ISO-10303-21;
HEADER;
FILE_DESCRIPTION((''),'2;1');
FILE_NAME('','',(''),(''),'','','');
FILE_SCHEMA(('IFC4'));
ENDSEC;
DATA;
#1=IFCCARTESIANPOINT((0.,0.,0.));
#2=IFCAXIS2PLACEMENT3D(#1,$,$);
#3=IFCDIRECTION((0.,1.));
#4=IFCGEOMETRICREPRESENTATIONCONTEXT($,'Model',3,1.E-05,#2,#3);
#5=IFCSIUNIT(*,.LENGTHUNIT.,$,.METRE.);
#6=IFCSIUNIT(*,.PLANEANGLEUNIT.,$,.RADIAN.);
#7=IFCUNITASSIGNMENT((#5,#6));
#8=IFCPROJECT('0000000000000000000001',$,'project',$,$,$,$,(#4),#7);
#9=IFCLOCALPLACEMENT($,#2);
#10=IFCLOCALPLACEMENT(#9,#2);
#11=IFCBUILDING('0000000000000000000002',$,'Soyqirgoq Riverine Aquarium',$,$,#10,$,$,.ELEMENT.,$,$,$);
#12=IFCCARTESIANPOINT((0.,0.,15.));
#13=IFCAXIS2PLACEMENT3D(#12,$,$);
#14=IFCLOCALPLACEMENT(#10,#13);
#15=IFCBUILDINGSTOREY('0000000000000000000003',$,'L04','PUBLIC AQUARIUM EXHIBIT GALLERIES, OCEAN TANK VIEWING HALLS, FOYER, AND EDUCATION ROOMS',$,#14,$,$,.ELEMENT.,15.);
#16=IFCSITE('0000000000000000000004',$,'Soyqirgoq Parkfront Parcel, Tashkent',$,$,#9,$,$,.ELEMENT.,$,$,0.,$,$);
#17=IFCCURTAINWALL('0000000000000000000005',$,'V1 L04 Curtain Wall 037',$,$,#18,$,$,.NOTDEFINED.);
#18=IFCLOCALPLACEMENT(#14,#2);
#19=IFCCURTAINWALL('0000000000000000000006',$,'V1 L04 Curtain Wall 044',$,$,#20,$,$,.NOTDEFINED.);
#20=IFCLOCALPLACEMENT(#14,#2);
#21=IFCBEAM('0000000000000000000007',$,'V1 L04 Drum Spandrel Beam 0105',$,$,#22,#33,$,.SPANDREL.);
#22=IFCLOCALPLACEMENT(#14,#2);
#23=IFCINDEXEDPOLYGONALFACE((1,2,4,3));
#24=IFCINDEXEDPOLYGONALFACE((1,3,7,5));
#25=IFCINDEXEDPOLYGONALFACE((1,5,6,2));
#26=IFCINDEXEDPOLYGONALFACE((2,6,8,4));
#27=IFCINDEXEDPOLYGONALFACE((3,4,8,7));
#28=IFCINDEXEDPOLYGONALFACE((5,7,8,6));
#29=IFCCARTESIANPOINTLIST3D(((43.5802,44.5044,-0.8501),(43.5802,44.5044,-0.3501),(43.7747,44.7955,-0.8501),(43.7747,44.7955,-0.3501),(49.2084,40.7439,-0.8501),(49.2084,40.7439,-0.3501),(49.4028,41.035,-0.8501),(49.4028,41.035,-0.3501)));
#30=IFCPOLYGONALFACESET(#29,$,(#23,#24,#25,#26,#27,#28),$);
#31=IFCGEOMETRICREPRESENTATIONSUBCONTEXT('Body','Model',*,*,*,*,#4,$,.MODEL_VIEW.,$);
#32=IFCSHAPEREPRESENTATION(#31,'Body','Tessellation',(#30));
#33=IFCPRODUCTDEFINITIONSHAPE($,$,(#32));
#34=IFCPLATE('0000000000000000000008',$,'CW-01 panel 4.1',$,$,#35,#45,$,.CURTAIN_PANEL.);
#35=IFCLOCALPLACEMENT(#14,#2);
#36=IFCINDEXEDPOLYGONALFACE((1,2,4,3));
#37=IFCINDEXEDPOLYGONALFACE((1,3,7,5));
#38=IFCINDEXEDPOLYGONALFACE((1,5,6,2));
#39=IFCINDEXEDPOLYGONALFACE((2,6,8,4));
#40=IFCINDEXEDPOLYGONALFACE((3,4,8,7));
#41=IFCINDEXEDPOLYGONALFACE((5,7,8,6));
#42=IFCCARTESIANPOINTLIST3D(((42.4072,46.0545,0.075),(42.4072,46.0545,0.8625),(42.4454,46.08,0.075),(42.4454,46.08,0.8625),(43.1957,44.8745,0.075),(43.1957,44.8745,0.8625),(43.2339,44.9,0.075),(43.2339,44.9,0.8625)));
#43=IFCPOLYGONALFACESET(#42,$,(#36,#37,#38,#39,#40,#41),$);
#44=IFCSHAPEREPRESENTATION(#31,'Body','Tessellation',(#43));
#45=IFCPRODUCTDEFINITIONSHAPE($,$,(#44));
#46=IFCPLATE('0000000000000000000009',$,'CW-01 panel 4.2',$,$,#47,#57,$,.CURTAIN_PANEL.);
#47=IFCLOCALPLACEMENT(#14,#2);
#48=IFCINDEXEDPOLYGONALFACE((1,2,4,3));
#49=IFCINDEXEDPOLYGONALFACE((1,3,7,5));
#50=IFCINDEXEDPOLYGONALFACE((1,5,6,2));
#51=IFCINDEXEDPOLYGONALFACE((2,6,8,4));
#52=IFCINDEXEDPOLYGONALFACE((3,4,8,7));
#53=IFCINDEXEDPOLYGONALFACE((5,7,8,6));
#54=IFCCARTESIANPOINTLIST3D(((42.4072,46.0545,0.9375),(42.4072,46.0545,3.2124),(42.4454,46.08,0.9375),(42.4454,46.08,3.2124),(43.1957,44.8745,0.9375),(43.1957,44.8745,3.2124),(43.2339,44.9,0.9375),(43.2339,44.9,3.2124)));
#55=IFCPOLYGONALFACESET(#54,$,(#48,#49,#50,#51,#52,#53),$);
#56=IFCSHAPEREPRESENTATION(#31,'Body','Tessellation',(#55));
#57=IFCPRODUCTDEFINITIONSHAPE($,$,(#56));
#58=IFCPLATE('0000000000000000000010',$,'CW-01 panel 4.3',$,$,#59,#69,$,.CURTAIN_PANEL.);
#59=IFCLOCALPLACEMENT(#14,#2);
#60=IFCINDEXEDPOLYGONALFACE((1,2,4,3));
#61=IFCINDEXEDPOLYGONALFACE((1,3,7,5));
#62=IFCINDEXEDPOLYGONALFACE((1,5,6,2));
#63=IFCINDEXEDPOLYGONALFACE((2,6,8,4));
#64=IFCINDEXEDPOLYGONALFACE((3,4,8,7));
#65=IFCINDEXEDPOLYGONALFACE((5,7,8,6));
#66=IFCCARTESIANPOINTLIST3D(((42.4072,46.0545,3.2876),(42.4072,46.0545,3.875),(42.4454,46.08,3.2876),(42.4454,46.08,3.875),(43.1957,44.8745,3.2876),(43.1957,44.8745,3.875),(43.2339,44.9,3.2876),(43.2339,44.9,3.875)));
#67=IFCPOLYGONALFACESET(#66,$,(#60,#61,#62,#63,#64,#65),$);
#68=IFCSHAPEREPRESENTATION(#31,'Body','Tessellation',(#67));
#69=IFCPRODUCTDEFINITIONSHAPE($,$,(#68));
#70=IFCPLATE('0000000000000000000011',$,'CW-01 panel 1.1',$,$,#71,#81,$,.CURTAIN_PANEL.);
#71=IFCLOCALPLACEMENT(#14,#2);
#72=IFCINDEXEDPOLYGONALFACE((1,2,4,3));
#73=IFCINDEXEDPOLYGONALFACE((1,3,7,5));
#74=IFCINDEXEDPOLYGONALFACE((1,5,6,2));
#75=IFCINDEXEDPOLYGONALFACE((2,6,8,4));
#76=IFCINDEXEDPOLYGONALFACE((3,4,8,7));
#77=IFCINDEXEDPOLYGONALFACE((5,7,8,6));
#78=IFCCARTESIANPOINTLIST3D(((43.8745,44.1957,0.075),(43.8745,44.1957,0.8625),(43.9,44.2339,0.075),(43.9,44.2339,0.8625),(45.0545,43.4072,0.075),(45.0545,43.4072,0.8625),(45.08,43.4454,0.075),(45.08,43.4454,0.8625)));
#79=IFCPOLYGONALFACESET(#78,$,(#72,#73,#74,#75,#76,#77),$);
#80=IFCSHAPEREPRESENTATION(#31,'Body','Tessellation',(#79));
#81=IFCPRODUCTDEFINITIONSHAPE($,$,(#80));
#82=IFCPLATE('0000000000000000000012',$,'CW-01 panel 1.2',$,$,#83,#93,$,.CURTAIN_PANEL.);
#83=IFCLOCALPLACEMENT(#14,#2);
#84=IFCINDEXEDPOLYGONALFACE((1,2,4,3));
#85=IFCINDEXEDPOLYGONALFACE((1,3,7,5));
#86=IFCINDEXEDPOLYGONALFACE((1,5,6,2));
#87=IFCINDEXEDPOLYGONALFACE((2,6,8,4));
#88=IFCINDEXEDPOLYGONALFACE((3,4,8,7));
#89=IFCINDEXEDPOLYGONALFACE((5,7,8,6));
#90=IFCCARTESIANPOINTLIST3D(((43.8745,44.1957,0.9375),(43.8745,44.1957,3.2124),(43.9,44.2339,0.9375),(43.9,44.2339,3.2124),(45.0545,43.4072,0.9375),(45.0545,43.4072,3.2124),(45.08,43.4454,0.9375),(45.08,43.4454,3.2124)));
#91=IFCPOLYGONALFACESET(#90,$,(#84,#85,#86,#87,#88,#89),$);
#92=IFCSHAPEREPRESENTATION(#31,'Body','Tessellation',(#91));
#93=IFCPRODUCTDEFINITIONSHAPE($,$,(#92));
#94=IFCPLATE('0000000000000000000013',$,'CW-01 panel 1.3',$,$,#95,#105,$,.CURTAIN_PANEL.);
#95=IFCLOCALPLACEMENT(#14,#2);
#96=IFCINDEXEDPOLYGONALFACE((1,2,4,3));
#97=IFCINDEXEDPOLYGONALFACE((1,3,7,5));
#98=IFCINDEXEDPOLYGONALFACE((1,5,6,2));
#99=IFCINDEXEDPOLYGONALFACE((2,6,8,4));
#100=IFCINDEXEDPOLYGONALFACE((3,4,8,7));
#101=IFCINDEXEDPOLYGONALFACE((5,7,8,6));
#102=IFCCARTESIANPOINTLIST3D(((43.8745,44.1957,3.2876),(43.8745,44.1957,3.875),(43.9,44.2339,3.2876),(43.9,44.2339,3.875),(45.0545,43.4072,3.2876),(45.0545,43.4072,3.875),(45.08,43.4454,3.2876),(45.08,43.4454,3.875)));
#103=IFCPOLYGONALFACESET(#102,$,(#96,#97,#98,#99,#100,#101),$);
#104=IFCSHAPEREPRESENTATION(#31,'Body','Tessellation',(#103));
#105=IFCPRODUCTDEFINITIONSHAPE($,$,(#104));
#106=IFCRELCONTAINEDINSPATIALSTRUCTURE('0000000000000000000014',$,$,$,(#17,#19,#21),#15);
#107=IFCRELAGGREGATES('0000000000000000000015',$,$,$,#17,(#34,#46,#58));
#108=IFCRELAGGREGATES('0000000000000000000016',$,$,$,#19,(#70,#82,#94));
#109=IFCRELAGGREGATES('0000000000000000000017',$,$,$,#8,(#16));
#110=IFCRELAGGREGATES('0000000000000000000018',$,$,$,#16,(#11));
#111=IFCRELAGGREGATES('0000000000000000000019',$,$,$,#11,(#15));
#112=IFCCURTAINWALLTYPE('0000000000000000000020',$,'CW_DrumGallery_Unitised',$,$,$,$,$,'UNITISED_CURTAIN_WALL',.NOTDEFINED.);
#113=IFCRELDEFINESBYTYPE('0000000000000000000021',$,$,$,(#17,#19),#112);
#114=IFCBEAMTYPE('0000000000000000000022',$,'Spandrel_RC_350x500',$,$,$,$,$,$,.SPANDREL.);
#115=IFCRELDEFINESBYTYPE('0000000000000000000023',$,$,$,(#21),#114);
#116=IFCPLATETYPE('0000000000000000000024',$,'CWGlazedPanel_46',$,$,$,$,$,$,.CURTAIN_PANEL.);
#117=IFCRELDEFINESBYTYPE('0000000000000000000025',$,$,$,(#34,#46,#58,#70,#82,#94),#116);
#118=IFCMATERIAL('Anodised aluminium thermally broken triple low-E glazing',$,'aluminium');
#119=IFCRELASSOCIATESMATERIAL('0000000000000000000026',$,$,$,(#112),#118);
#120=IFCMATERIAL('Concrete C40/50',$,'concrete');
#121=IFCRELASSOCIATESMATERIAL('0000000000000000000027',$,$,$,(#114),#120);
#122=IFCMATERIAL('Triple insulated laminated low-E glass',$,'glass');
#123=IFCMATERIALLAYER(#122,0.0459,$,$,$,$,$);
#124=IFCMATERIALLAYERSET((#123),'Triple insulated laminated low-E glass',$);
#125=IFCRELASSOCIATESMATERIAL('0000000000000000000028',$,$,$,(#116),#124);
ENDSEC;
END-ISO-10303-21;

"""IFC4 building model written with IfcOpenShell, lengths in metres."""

from ifc_helpers import new_model, si_unit, direction, frame, origin, origin_2d, place, context, subcontext, project, spatial, rectangle, extrude, material, layer, layer_set, material_profile, profile_set, type_object, element, aggregate, save


model = new_model("IFC4")

# Units and contexts
model_context = context("Model", 3, precision=1e-05, world=origin(), true_north=direction((0.0, 1.0)))
body_context = subcontext(model_context, "Body", "Model", "MODEL_VIEW")
ifc_project = project(units=[si_unit("LENGTHUNIT", "METRE"), si_unit("PLANEANGLEUNIT", "RADIAN")], contexts=[model_context])

# Site, building, storey
site_placement = place(None, origin())
site = spatial("IfcSite", under=ifc_project, at=site_placement, Name="Soyqirgoq Parkfront Parcel, Tashkent", CompositionType="ELEMENT", RefElevation=0.0)
building_placement = place(site_placement, origin())
building = spatial("IfcBuilding", under=site, at=building_placement, Name="Soyqirgoq Riverine Aquarium", CompositionType="ELEMENT")
storey_placement = place(building_placement, frame((0.0, 0.0, 15.0)))
storey = spatial("IfcBuildingStorey", under=building, at=storey_placement, Name="L04", Description="PUBLIC AQUARIUM EXHIBIT GALLERIES, OCEAN TANK VIEWING HALLS, FOYER, AND EDUCATION ROOMS", CompositionType="ELEMENT", Elevation=15.0)

# Curtain wall
ifc_material_1 = material(Name="Anodised aluminium thermally broken triple low-E glazing", Category="aluminium")
curtain_wall_type = type_object("IfcCurtainWallType", Name="CW_DrumGallery_Unitised", ElementType="UNITISED_CURTAIN_WALL", PredefinedType="NOTDEFINED", material=ifc_material_1)
curtain_wall_1_placement = place(storey_placement, origin())
curtain_wall_1 = element("IfcCurtainWall", 1, at=curtain_wall_1_placement, inside=storey, type_object=curtain_wall_type, Name="V1 L04 Curtain Wall 037", PredefinedType="NOTDEFINED")

# Curtain wall
curtain_wall_2_placement = place(storey_placement, origin())
curtain_wall_2 = element("IfcCurtainWall", 2, at=curtain_wall_2_placement, inside=storey, type_object=curtain_wall_type, Name="V1 L04 Curtain Wall 044", PredefinedType="NOTDEFINED")

# Beam
ifc_material_2 = material(Name="Concrete C40/50", Category="concrete")
ifc_material_profile_1 = material_profile(ifc_material_2, rectangle(XDim=0.3501, YDim=0.5, at=origin_2d()), Name="RC 350x500")
ifc_profile_set_1 = profile_set([ifc_material_profile_1], Name="Concrete C40/50")
beam_type = type_object("IfcBeamType", Name="Spandrel_RC_350x500", PredefinedType="SPANDREL", material=ifc_profile_set_1)
beam_placement = place(storey_placement, frame((43.6775, 44.6499, -0.6001), z_axis=(0.831478, -0.555557, 0.0), x_axis=(0.555557, 0.831478, 0.0)))
element("IfcBeam", 3, at=beam_placement, inside=storey, type_object=beam_type, Name="V1 L04 Drum Spandrel Beam 0105", PredefinedType="SPANDREL", context=body_context, shape_type="SweptSolid", body=[
    extrude(rectangle(XDim=0.3501, YDim=0.5, at=origin_2d()), origin(), (0.0, 0.0, 1.0), 6.7688),
])

# Plates
ifc_material_3 = material(Name="Triple insulated laminated low-E glass", Category="glass")
ifc_layer = layer(ifc_material_3, 0.0459)
ifc_layer_set = layer_set([ifc_layer], Name="Triple insulated laminated low-E glass")
plate_type = type_object("IfcPlateType", Name="CWGlazedPanel_46", PredefinedType="CURTAIN_PANEL", material=ifc_layer_set)
plate_1_placement = place(storey_placement, frame((42.8206, 45.4773, 0.075), z_axis=(0.0, 0.0, 1.0), x_axis=(0.555579, -0.831464, 0.0)))
plate_1 = element("IfcPlate", 4, at=plate_1_placement, type_object=plate_type, Name="CW-01 panel 4.1", PredefinedType="CURTAIN_PANEL", context=body_context, shape_type="SweptSolid", body=[
    extrude(rectangle(XDim=1.4192, YDim=0.0459, at=origin_2d()), origin(), (0.0, 0.0, 1.0), 0.7876),
])
plate_2_placement = place(storey_placement, frame((42.8206, 45.4773, 0.9375), z_axis=(0.0, 0.0, 1.0), x_axis=(0.555579, -0.831464, 0.0)))
plate_2 = element("IfcPlate", 5, at=plate_2_placement, type_object=plate_type, Name="CW-01 panel 4.2", PredefinedType="CURTAIN_PANEL", context=body_context, shape_type="SweptSolid", body=[
    extrude(rectangle(XDim=1.4192, YDim=0.0459, at=origin_2d()), origin(), (0.0, 0.0, 1.0), 2.2749),
])
plate_3_placement = place(storey_placement, frame((42.8206, 45.4773, 3.2876), z_axis=(0.0, 0.0, 1.0), x_axis=(0.555579, -0.831464, 0.0)))
plate_3 = element("IfcPlate", 6, at=plate_3_placement, type_object=plate_type, Name="CW-01 panel 4.3", PredefinedType="CURTAIN_PANEL", context=body_context, shape_type="SweptSolid", body=[
    extrude(rectangle(XDim=1.4192, YDim=0.0459, at=origin_2d()), origin(), (0.0, 0.0, 1.0), 0.5874),
])
aggregate(curtain_wall_1, [plate_1, plate_2, plate_3])
plate_4_placement = place(storey_placement, frame((44.4773, 43.8206, 0.075), z_axis=(0.0, 0.0, 1.0), x_axis=(0.831464, -0.555579, 0.0)))
plate_4 = element("IfcPlate", 7, at=plate_4_placement, type_object=plate_type, Name="CW-01 panel 1.1", PredefinedType="CURTAIN_PANEL", context=body_context, shape_type="SweptSolid", body=[
    extrude(rectangle(XDim=1.4192, YDim=0.0459, at=origin_2d()), origin(), (0.0, 0.0, 1.0), 0.7876),
])
plate_5_placement = place(storey_placement, frame((44.4773, 43.8206, 0.9375), z_axis=(0.0, 0.0, 1.0), x_axis=(0.831464, -0.555579, 0.0)))
plate_5 = element("IfcPlate", 8, at=plate_5_placement, type_object=plate_type, Name="CW-01 panel 1.2", PredefinedType="CURTAIN_PANEL", context=body_context, shape_type="SweptSolid", body=[
    extrude(rectangle(XDim=1.4192, YDim=0.0459, at=origin_2d()), origin(), (0.0, 0.0, 1.0), 2.2749),
])
plate_6_placement = place(storey_placement, frame((44.4773, 43.8206, 3.2876), z_axis=(0.0, 0.0, 1.0), x_axis=(0.831464, -0.555579, 0.0)))
plate_6 = element("IfcPlate", 9, at=plate_6_placement, type_object=plate_type, Name="CW-01 panel 1.3", PredefinedType="CURTAIN_PANEL", context=body_context, shape_type="SweptSolid", body=[
    extrude(rectangle(XDim=1.4192, YDim=0.0459, at=origin_2d()), origin(), (0.0, 0.0, 1.0), 0.5874),
])
aggregate(curtain_wall_2, [plate_4, plate_5, plate_6])

save(model, "model.ifc")
